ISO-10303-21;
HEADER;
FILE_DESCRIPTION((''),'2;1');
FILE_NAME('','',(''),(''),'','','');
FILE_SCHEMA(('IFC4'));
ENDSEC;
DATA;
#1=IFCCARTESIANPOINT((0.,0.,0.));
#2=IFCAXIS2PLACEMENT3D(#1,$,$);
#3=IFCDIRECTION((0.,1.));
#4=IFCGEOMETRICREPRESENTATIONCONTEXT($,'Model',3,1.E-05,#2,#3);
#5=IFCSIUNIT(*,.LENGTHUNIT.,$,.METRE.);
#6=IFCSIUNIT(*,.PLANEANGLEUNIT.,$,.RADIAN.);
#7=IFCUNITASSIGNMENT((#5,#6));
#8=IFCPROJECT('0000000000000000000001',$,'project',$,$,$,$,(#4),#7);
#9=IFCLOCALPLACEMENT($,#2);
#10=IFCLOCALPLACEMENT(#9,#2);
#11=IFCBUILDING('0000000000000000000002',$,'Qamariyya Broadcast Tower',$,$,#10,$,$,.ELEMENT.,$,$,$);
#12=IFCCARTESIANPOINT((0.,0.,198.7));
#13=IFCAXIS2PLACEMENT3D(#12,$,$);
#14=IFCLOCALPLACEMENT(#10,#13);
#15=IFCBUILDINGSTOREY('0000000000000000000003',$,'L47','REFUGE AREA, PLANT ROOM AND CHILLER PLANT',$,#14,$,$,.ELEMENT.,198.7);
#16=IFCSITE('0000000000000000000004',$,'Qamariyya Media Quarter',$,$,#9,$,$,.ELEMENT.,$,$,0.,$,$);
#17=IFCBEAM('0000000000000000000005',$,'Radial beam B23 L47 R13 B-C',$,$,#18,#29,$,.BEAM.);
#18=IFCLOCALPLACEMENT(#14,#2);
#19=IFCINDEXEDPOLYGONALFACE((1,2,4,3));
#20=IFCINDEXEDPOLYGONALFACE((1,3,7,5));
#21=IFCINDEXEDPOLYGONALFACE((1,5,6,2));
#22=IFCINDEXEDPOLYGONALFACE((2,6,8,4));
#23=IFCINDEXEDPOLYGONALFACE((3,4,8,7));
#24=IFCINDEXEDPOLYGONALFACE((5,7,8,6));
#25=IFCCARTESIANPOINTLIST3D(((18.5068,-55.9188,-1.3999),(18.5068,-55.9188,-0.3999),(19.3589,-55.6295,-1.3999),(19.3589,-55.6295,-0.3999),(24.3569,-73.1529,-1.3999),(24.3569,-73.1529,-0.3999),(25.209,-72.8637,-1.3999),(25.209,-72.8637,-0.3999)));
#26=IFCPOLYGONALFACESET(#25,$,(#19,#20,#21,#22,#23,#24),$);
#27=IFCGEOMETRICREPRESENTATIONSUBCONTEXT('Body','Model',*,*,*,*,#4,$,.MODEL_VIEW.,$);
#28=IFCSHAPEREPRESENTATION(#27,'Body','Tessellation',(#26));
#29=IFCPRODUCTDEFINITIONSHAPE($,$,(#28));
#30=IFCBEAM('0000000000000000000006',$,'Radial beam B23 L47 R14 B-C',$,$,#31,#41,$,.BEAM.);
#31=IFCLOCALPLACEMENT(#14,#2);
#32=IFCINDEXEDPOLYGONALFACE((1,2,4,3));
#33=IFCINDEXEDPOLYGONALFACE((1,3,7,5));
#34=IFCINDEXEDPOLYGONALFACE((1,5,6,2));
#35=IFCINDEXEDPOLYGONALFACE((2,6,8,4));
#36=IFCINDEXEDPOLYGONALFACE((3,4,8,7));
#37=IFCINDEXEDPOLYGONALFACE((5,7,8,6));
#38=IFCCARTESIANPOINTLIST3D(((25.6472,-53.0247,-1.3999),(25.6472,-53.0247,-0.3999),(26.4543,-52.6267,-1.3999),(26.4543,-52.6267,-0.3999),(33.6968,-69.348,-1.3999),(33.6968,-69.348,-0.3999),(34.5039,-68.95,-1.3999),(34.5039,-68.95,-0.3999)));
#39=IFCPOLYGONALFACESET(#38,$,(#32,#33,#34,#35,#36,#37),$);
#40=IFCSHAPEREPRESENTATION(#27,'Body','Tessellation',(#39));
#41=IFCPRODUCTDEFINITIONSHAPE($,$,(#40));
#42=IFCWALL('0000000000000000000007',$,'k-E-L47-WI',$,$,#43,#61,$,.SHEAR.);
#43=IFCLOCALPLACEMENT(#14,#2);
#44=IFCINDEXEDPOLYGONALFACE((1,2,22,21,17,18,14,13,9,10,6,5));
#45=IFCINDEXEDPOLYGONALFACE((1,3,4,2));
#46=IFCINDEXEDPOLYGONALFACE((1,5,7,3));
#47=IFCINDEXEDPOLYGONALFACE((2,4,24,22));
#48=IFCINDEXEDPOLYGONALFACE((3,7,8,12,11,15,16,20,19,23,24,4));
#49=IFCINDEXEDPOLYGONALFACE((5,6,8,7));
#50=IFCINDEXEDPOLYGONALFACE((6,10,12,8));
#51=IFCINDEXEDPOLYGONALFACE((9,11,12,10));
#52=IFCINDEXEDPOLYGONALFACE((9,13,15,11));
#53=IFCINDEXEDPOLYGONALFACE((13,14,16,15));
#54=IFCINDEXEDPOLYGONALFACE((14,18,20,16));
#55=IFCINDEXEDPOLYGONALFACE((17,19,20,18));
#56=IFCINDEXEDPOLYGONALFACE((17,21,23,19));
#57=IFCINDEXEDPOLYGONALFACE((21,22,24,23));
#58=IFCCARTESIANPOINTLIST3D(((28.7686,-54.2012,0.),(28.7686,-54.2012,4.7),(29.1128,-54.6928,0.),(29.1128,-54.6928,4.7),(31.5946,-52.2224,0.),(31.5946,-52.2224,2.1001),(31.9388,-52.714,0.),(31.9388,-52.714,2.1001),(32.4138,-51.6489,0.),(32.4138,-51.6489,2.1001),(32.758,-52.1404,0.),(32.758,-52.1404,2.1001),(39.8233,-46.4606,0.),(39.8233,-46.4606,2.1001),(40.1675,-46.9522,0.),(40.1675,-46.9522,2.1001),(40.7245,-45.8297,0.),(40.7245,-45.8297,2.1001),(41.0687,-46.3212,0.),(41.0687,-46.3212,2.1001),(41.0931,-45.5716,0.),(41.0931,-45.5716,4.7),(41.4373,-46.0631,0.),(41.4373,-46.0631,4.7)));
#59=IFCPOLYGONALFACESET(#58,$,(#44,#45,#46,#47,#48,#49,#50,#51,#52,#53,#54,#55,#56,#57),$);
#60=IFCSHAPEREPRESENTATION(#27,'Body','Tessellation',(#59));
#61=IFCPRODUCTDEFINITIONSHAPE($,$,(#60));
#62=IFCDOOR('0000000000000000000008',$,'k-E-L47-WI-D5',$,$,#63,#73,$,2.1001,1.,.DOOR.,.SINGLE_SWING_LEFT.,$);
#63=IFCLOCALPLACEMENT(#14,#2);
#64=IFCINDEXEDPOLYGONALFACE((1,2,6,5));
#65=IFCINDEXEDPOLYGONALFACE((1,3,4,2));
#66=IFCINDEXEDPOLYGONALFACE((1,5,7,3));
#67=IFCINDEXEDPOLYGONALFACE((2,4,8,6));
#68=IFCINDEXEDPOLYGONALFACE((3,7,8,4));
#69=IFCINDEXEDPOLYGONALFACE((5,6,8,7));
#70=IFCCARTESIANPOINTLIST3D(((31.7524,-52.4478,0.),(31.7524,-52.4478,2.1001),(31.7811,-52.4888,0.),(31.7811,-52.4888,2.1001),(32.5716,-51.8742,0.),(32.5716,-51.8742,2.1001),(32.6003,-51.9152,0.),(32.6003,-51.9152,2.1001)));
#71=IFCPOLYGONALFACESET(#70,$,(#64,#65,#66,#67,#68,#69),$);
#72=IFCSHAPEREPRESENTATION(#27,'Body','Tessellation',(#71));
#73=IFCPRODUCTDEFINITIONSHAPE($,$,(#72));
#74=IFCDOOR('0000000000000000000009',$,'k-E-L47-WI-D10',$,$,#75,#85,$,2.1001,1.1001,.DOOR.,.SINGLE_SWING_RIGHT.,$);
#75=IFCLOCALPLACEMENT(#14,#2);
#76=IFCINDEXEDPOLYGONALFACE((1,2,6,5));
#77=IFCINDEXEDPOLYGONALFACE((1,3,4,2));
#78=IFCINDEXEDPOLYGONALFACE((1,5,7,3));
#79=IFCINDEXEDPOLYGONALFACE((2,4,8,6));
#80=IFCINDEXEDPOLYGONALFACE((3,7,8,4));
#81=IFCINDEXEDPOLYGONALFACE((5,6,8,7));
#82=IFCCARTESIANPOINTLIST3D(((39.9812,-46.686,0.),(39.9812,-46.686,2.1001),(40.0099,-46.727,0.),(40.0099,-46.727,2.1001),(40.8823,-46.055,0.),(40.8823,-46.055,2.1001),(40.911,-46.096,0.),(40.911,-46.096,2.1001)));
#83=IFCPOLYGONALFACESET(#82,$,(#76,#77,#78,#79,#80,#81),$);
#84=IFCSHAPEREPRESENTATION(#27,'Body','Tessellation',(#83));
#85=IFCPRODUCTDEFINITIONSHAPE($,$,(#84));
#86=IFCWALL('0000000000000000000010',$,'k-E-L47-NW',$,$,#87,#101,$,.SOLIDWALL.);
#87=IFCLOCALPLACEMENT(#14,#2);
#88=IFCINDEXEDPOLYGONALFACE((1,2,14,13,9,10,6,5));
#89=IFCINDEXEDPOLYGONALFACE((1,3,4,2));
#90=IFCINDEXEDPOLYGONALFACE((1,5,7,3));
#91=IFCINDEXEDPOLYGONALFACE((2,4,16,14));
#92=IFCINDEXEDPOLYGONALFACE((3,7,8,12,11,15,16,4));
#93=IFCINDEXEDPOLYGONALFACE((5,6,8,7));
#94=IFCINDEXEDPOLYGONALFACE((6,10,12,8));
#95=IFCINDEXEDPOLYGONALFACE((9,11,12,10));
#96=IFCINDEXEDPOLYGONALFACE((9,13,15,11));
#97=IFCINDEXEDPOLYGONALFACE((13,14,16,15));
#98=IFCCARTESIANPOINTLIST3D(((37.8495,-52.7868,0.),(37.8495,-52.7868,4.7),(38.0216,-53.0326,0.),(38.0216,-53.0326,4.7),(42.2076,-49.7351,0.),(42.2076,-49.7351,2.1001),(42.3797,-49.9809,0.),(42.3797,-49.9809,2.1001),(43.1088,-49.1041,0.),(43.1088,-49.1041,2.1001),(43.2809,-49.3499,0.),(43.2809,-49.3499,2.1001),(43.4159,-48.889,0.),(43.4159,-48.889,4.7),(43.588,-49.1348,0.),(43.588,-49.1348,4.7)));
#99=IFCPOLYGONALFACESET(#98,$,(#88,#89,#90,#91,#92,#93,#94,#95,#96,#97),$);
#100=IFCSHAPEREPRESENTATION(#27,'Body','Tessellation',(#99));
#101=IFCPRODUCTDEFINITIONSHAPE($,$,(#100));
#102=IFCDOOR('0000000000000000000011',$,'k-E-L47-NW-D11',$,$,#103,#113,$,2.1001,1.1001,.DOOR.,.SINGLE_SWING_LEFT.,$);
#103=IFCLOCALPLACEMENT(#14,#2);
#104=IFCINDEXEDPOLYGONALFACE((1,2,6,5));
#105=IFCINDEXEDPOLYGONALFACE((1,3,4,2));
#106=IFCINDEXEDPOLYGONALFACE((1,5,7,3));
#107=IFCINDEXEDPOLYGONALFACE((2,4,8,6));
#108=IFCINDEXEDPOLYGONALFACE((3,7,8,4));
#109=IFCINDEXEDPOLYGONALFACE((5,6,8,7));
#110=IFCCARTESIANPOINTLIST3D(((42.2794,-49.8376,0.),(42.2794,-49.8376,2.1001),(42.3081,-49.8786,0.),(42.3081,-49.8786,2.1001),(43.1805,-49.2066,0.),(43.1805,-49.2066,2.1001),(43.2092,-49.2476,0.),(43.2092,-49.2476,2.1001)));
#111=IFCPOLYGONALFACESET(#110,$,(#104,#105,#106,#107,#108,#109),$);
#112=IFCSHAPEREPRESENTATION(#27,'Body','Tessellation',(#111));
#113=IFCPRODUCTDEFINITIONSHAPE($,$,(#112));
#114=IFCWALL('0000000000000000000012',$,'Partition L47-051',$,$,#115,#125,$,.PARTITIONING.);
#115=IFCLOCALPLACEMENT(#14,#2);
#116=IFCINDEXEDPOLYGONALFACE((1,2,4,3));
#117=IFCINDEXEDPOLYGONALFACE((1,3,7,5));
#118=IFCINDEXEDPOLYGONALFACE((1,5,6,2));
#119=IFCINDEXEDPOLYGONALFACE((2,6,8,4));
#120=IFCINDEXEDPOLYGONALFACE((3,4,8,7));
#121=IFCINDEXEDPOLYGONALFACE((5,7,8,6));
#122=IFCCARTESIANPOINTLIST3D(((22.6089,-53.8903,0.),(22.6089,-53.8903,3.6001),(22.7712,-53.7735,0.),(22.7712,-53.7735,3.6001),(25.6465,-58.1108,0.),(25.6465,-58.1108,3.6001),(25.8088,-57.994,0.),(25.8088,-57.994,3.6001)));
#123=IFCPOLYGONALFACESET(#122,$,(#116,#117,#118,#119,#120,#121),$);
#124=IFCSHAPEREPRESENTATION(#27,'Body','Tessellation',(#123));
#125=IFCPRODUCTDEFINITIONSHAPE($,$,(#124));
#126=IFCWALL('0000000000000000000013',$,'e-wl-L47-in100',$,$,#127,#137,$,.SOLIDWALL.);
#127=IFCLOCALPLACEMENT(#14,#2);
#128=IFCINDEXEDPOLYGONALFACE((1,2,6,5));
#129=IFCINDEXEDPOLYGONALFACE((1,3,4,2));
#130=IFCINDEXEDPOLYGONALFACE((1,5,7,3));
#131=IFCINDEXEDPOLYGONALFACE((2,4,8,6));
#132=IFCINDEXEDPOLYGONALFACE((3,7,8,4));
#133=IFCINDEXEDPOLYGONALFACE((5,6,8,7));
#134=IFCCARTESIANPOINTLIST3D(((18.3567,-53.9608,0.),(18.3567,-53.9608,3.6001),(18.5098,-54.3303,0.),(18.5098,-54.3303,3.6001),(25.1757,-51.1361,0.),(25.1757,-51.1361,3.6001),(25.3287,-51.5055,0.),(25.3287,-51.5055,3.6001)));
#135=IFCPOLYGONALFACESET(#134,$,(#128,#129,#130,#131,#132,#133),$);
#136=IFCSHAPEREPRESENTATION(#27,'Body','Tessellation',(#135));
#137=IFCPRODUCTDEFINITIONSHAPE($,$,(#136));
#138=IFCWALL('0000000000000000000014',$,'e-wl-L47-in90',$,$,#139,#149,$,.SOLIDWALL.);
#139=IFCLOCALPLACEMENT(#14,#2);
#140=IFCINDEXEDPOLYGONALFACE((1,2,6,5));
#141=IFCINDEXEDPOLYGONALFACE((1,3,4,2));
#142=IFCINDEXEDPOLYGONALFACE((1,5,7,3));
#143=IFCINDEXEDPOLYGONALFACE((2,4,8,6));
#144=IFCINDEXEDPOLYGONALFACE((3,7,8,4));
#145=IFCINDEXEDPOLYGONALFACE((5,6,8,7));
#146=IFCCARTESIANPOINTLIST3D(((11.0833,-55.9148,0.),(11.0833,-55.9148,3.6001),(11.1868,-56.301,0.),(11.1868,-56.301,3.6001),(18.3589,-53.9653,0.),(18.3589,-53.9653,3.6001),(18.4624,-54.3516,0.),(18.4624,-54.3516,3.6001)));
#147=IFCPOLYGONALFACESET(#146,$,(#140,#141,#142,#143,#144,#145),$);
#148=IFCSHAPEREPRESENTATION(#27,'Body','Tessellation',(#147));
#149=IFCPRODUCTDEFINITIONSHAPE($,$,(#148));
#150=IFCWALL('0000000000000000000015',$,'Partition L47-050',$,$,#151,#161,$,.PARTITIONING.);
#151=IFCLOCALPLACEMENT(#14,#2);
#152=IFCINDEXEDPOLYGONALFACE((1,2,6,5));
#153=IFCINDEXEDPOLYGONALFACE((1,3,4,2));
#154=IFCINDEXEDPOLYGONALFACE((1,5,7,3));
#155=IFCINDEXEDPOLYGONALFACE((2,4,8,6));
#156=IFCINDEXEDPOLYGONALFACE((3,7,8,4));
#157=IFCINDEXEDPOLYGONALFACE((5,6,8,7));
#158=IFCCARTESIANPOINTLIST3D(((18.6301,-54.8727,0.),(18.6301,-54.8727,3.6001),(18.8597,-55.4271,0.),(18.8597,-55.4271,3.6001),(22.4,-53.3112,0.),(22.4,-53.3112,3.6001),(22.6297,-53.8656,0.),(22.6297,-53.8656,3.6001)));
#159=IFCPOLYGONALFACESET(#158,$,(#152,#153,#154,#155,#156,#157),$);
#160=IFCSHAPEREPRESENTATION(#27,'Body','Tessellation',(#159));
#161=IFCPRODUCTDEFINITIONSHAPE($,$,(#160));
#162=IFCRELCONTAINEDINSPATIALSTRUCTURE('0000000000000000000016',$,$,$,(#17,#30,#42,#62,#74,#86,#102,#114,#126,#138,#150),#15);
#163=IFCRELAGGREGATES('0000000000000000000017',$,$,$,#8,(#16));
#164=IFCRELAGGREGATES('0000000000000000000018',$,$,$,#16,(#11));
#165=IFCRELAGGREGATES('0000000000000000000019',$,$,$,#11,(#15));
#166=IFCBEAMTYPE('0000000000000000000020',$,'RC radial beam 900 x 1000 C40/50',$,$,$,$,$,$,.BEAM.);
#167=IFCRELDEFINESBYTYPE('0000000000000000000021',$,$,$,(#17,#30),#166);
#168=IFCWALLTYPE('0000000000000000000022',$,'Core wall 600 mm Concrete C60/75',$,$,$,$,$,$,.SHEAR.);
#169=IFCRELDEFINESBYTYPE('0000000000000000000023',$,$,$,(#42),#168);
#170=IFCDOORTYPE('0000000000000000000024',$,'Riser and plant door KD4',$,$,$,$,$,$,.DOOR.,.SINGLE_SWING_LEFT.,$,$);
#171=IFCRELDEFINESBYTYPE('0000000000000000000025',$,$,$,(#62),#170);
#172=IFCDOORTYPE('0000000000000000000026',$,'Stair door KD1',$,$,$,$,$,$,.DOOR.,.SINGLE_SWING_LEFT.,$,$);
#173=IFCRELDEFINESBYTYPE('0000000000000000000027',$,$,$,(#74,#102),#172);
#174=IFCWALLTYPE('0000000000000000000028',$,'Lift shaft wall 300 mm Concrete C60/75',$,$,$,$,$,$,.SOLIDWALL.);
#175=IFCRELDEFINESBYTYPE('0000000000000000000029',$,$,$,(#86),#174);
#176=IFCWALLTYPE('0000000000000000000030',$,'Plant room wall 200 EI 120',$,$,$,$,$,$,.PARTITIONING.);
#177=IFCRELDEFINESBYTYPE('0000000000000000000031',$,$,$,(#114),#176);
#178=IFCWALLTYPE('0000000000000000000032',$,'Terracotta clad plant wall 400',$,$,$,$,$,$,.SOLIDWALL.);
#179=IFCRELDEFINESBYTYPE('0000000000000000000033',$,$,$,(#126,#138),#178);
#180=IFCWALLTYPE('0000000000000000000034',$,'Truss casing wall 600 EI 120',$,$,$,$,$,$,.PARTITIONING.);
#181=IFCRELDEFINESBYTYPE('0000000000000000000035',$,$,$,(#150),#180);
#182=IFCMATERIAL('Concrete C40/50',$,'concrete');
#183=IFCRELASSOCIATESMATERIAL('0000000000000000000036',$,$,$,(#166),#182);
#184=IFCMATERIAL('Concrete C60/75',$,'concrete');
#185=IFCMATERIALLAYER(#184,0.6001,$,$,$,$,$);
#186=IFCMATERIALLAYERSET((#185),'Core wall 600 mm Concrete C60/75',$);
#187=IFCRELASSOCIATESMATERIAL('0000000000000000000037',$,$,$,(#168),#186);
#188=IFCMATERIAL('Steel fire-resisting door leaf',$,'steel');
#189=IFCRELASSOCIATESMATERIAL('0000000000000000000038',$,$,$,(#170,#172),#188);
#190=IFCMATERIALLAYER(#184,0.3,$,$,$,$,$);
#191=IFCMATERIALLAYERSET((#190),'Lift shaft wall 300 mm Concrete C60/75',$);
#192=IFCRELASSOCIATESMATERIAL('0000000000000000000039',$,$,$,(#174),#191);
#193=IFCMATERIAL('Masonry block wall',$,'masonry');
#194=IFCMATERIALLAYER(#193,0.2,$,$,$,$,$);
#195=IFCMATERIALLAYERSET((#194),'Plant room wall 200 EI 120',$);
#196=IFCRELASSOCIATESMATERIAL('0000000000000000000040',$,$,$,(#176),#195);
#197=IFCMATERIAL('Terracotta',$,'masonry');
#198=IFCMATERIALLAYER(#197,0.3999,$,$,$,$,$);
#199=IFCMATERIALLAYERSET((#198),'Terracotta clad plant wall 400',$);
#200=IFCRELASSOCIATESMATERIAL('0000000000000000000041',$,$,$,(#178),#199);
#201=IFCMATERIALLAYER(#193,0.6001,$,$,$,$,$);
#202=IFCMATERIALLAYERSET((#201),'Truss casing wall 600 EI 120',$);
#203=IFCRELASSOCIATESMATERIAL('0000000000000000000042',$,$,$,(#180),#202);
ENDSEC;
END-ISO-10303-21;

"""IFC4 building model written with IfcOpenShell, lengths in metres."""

from ifc_helpers import new_model, si_unit, direction, frame, frame_2d, origin, origin_2d, place, context, subcontext, project, spatial, rectangle, extrude, material, layer, layer_set, material_profile, profile_set, type_object, element, fill, save


model = new_model("IFC4")

# Units and contexts
model_context = context("Model", 3, precision=1e-05, world=origin(), true_north=direction((0.0, 1.0)))
body_context = subcontext(model_context, "Body", "Model", "MODEL_VIEW")
ifc_project = project(units=[si_unit("LENGTHUNIT", "METRE"), si_unit("PLANEANGLEUNIT", "RADIAN")], contexts=[model_context])

# Site, building, storey
site_placement = place(None, origin())
site = spatial("IfcSite", under=ifc_project, at=site_placement, Name="Qamariyya Media Quarter", CompositionType="ELEMENT", RefElevation=0.0)
building_placement = place(site_placement, origin())
building = spatial("IfcBuilding", under=site, at=building_placement, Name="Qamariyya Broadcast Tower", CompositionType="ELEMENT")
storey_placement = place(building_placement, frame((0.0, 0.0, 198.7)))
storey = spatial("IfcBuildingStorey", under=building, at=storey_placement, Name="L47", Description="REFUGE AREA, PLANT ROOM AND CHILLER PLANT", CompositionType="ELEMENT", Elevation=198.7)

# Shared definitions
ifc_material_1 = material(Name="Concrete C60/75", Category="concrete")

# Beams
ifc_material_2 = material(Name="Concrete C40/50", Category="concrete")
ifc_material_profile_1 = material_profile(ifc_material_2, rectangle(XDim=0.8999, YDim=1.0, at=origin_2d()))
ifc_profile_set_1 = profile_set([ifc_material_profile_1], Name="Concrete C40/50")
beam_type_1 = type_object("IfcBeamType", Name="RC radial beam 900 x 1000 C40/50", PredefinedType="BEAM", material=ifc_profile_set_1)
beam_1_placement = place(storey_placement, frame((18.9329, -55.7742, -0.8999), z_axis=(0.321434, -0.946932, 0.0), x_axis=(0.946932, 0.321434, 0.0)))
element("IfcBeam", 1, at=beam_1_placement, inside=storey, type_object=beam_type_1, Name="Radial beam B23 L47 R13 B-C", PredefinedType="BEAM", context=body_context, shape_type="SweptSolid", body=[
    extrude(rectangle(XDim=0.8999, YDim=1.0, at=origin_2d()), origin(), (0.0, 0.0, 1.0), 18.2),
])
beam_2_placement = place(storey_placement, frame((26.0508, -52.8257, -0.8999), z_axis=(0.442281, -0.896876, 0.0), x_axis=(0.896876, 0.442281, 0.0)))
element("IfcBeam", 2, at=beam_2_placement, inside=storey, type_object=beam_type_1, Name="Radial beam B23 L47 R14 B-C", PredefinedType="BEAM", context=body_context, shape_type="SweptSolid", body=[
    extrude(rectangle(XDim=0.8999, YDim=1.0, at=origin_2d()), origin(), (0.0, 0.0, 1.0), 18.2002),
])

# Wall, openings, doors
ifc_layer_1 = layer(ifc_material_1, 0.6001)
ifc_layer_set_1 = layer_set([ifc_layer_1], Name="Core wall 600 mm Concrete C60/75")
wall_type_1 = type_object("IfcWallType", Name="Core wall 600 mm Concrete C60/75", PredefinedType="SHEAR", material=ifc_layer_set_1)
wall_1_placement = place(storey_placement, frame((28.9407, -54.447, 0.0), z_axis=(0.0, 0.0, 1.0), x_axis=(0.819153, 0.573575, 0.0)))
wall_1 = element("IfcWall", 3, at=wall_1_placement, inside=storey, type_object=wall_type_1, Name="k-E-L47-WI", PredefinedType="SHEAR", context=body_context, shape_type="SweptSolid", body=[
    extrude(rectangle(XDim=15.0454, YDim=0.6001, at=frame_2d((7.5227, 0.0))), origin(), (0.0, 0.0, 1.0), 4.7),
])
opening_1_placement = place(wall_1_placement, frame((3.45, 0.0, 0.0)))
opening_1 = element("IfcOpeningElement", 4, at=opening_1_placement, cuts=wall_1, PredefinedType="OPENING", context=body_context, shape_type="SweptSolid", body=[
    extrude(rectangle(XDim=1.0, YDim=2.1001, at=frame_2d((0.5, 1.05))), frame((0.0, 0.3101, 0.0), z_axis=(0.0, -1.0, 0.0), x_axis=(1.0, 0.0, 0.0)), (0.0, 0.0, 1.0), 0.6201),
])
opening_2_placement = place(wall_1_placement, frame((13.4954, 0.0, 0.0)))
opening_2 = element("IfcOpeningElement", 5, at=opening_2_placement, cuts=wall_1, PredefinedType="OPENING", context=body_context, shape_type="SweptSolid", body=[
    extrude(rectangle(XDim=1.1001, YDim=2.1001, at=frame_2d((0.55, 1.05))), frame((0.0, 0.3101, 0.0), z_axis=(0.0, -1.0, 0.0), x_axis=(1.0, 0.0, 0.0)), (0.0, 0.0, 1.0), 0.6201),
])
ifc_material_3 = material(Name="Steel fire-resisting door leaf", Category="steel")
door_type_1 = type_object("IfcDoorType", Name="Riser and plant door KD4", OperationType="SINGLE_SWING_LEFT", PredefinedType="DOOR", material=ifc_material_3)
door_1_placement = place(opening_1_placement, origin())
door_1 = element("IfcDoor", 6, at=door_1_placement, inside=storey, type_object=door_type_1, Name="k-E-L47-WI-D5", OperationType="SINGLE_SWING_LEFT", OverallHeight=2.1001, OverallWidth=1.0, PredefinedType="DOOR", context=body_context, shape_type="SweptSolid", body=[
    extrude(rectangle(XDim=1.0, YDim=2.1001, at=frame_2d((0.5, 1.05))), frame((0.0, 0.0249, 0.0), z_axis=(0.0, -1.0, 0.0), x_axis=(1.0, 0.0, 0.0)), (0.0, 0.0, 1.0), 0.05),
])
fill(opening_1, door_1)
door_type_2 = type_object("IfcDoorType", Name="Stair door KD1", OperationType="SINGLE_SWING_LEFT", PredefinedType="DOOR", material=ifc_material_3)
door_2_placement = place(opening_2_placement, origin())
door_2 = element("IfcDoor", 7, at=door_2_placement, inside=storey, type_object=door_type_2, Name="k-E-L47-WI-D10", OperationType="SINGLE_SWING_RIGHT", OverallHeight=2.1001, OverallWidth=1.1001, PredefinedType="DOOR", context=body_context, shape_type="SweptSolid", body=[
    extrude(rectangle(XDim=1.1001, YDim=2.1001, at=frame_2d((0.55, 1.05))), frame((0.0, 0.0249, 0.0), z_axis=(0.0, -1.0, 0.0), x_axis=(1.0, 0.0, 0.0)), (0.0, 0.0, 1.0), 0.05),
])
fill(opening_2, door_2)

# Wall, opening, door
ifc_layer_2 = layer(ifc_material_1, 0.3)
ifc_layer_set_2 = layer_set([ifc_layer_2], Name="Lift shaft wall 300 mm Concrete C60/75")
wall_type_2 = type_object("IfcWallType", Name="Lift shaft wall 300 mm Concrete C60/75", PredefinedType="SOLIDWALL", material=ifc_layer_set_2)
wall_2_placement = place(storey_placement, frame((37.9355, -52.9097, 0.0), z_axis=(0.0, 0.0, 1.0), x_axis=(0.819148, 0.573583, 0.0)))
wall_2 = element("IfcWall", 8, at=wall_2_placement, inside=storey, type_object=wall_type_2, Name="k-E-L47-NW", PredefinedType="SOLIDWALL", context=body_context, shape_type="SweptSolid", body=[
    extrude(rectangle(XDim=6.7954, YDim=0.3, at=frame_2d((3.3977, 0.0))), origin(), (0.0, 0.0, 1.0), 4.7),
])
opening_3_placement = place(wall_2_placement, frame((5.3203, 0.0, 0.0)))
opening_3 = element("IfcOpeningElement", 9, at=opening_3_placement, cuts=wall_2, PredefinedType="OPENING", context=body_context, shape_type="SweptSolid", body=[
    extrude(rectangle(XDim=1.1001, YDim=2.1001, at=frame_2d((0.55, 1.05))), frame((0.0, 0.1599, 0.0), z_axis=(0.0, -1.0, 0.0), x_axis=(1.0, 0.0, 0.0)), (0.0, 0.0, 1.0), 0.3201),
])
door_3_placement = place(opening_3_placement, origin())
door_3 = element("IfcDoor", 10, at=door_3_placement, inside=storey, type_object=door_type_2, Name="k-E-L47-NW-D11", OperationType="SINGLE_SWING_LEFT", OverallHeight=2.1001, OverallWidth=1.1001, PredefinedType="DOOR", context=body_context, shape_type="SweptSolid", body=[
    extrude(rectangle(XDim=1.1001, YDim=2.1001, at=frame_2d((0.55, 1.05))), frame((0.0, 0.0249, 0.0), z_axis=(0.0, -1.0, 0.0), x_axis=(1.0, 0.0, 0.0)), (0.0, 0.0, 1.0), 0.05),
])
fill(opening_3, door_3)

# Walls
ifc_material_4 = material(Name="Masonry block wall", Category="masonry")
ifc_layer_3 = layer(ifc_material_4, 0.2)
ifc_layer_set_3 = layer_set([ifc_layer_3], Name="Plant room wall 200 EI 120")
wall_type_3 = type_object("IfcWallType", Name="Plant room wall 200 EI 120", PredefinedType="PARTITIONING", material=ifc_layer_set_3)
wall_3_placement = place(storey_placement, frame((22.6899, -53.8318, 0.0), z_axis=(0.0, 0.0, 1.0), x_axis=(0.584161, -0.811638, 0.0)))
element("IfcWall", 11, at=wall_3_placement, inside=storey, type_object=wall_type_3, Name="Partition L47-051", PredefinedType="PARTITIONING", context=body_context, shape_type="SweptSolid", body=[
    extrude(rectangle(XDim=5.2, YDim=0.2, at=frame_2d((2.6001, 0.0))), origin(), (0.0, 0.0, 1.0), 3.6001),
])
ifc_material_5 = material(Name="Terracotta", Category="masonry")
ifc_layer_4 = layer(ifc_material_5, 0.3999)
ifc_layer_set_4 = layer_set([ifc_layer_4], Name="Terracotta clad plant wall 400")
wall_type_4 = type_object("IfcWallType", Name="Terracotta clad plant wall 400", PredefinedType="SOLIDWALL", material=ifc_layer_set_4)
wall_4_placement = place(storey_placement, frame((25.2522, -51.3208, 0.0), z_axis=(0.0, 0.0, 1.0), x_axis=(-0.923868, -0.382712, 0.0)))
element("IfcWall", 12, at=wall_4_placement, inside=storey, type_object=wall_type_4, Name="e-wl-L47-in100", PredefinedType="SOLIDWALL", context=body_context, shape_type="SweptSolid", body=[
    extrude(rectangle(XDim=7.3809, YDim=0.3999, at=frame_2d((3.6904, 0.0))), origin(), (0.0, 0.0, 1.0), 3.6001),
])
wall_5_placement = place(storey_placement, frame((18.4106, -54.1584, 0.0), z_axis=(0.0, 0.0, 1.0), x_axis=(-0.965927, -0.258814, 0.0)))
element("IfcWall", 13, at=wall_5_placement, inside=storey, type_object=wall_type_4, Name="e-wl-L47-in90", PredefinedType="SOLIDWALL", context=body_context, shape_type="SweptSolid", body=[
    extrude(rectangle(XDim=7.5322, YDim=0.3999, at=frame_2d((3.7661, 0.0))), origin(), (0.0, 0.0, 1.0), 3.6001),
])
ifc_layer_5 = layer(ifc_material_4, 0.6001)
ifc_layer_set_5 = layer_set([ifc_layer_5], Name="Truss casing wall 600 EI 120")
wall_type_5 = type_object("IfcWallType", Name="Truss casing wall 600 EI 120", PredefinedType="PARTITIONING", material=ifc_layer_set_5)
wall_6_placement = place(storey_placement, frame((18.7449, -55.1499, 0.0), z_axis=(0.0, 0.0, 1.0), x_axis=(0.923886, 0.382669, 0.0)))
element("IfcWall", 14, at=wall_6_placement, inside=storey, type_object=wall_type_5, Name="Partition L47-050", PredefinedType="PARTITIONING", context=body_context, shape_type="SweptSolid", body=[
    extrude(rectangle(XDim=4.0806, YDim=0.6001, at=frame_2d((2.0403, 0.0))), origin(), (0.0, 0.0, 1.0), 3.6001),
])

save(model, "model.ifc")
